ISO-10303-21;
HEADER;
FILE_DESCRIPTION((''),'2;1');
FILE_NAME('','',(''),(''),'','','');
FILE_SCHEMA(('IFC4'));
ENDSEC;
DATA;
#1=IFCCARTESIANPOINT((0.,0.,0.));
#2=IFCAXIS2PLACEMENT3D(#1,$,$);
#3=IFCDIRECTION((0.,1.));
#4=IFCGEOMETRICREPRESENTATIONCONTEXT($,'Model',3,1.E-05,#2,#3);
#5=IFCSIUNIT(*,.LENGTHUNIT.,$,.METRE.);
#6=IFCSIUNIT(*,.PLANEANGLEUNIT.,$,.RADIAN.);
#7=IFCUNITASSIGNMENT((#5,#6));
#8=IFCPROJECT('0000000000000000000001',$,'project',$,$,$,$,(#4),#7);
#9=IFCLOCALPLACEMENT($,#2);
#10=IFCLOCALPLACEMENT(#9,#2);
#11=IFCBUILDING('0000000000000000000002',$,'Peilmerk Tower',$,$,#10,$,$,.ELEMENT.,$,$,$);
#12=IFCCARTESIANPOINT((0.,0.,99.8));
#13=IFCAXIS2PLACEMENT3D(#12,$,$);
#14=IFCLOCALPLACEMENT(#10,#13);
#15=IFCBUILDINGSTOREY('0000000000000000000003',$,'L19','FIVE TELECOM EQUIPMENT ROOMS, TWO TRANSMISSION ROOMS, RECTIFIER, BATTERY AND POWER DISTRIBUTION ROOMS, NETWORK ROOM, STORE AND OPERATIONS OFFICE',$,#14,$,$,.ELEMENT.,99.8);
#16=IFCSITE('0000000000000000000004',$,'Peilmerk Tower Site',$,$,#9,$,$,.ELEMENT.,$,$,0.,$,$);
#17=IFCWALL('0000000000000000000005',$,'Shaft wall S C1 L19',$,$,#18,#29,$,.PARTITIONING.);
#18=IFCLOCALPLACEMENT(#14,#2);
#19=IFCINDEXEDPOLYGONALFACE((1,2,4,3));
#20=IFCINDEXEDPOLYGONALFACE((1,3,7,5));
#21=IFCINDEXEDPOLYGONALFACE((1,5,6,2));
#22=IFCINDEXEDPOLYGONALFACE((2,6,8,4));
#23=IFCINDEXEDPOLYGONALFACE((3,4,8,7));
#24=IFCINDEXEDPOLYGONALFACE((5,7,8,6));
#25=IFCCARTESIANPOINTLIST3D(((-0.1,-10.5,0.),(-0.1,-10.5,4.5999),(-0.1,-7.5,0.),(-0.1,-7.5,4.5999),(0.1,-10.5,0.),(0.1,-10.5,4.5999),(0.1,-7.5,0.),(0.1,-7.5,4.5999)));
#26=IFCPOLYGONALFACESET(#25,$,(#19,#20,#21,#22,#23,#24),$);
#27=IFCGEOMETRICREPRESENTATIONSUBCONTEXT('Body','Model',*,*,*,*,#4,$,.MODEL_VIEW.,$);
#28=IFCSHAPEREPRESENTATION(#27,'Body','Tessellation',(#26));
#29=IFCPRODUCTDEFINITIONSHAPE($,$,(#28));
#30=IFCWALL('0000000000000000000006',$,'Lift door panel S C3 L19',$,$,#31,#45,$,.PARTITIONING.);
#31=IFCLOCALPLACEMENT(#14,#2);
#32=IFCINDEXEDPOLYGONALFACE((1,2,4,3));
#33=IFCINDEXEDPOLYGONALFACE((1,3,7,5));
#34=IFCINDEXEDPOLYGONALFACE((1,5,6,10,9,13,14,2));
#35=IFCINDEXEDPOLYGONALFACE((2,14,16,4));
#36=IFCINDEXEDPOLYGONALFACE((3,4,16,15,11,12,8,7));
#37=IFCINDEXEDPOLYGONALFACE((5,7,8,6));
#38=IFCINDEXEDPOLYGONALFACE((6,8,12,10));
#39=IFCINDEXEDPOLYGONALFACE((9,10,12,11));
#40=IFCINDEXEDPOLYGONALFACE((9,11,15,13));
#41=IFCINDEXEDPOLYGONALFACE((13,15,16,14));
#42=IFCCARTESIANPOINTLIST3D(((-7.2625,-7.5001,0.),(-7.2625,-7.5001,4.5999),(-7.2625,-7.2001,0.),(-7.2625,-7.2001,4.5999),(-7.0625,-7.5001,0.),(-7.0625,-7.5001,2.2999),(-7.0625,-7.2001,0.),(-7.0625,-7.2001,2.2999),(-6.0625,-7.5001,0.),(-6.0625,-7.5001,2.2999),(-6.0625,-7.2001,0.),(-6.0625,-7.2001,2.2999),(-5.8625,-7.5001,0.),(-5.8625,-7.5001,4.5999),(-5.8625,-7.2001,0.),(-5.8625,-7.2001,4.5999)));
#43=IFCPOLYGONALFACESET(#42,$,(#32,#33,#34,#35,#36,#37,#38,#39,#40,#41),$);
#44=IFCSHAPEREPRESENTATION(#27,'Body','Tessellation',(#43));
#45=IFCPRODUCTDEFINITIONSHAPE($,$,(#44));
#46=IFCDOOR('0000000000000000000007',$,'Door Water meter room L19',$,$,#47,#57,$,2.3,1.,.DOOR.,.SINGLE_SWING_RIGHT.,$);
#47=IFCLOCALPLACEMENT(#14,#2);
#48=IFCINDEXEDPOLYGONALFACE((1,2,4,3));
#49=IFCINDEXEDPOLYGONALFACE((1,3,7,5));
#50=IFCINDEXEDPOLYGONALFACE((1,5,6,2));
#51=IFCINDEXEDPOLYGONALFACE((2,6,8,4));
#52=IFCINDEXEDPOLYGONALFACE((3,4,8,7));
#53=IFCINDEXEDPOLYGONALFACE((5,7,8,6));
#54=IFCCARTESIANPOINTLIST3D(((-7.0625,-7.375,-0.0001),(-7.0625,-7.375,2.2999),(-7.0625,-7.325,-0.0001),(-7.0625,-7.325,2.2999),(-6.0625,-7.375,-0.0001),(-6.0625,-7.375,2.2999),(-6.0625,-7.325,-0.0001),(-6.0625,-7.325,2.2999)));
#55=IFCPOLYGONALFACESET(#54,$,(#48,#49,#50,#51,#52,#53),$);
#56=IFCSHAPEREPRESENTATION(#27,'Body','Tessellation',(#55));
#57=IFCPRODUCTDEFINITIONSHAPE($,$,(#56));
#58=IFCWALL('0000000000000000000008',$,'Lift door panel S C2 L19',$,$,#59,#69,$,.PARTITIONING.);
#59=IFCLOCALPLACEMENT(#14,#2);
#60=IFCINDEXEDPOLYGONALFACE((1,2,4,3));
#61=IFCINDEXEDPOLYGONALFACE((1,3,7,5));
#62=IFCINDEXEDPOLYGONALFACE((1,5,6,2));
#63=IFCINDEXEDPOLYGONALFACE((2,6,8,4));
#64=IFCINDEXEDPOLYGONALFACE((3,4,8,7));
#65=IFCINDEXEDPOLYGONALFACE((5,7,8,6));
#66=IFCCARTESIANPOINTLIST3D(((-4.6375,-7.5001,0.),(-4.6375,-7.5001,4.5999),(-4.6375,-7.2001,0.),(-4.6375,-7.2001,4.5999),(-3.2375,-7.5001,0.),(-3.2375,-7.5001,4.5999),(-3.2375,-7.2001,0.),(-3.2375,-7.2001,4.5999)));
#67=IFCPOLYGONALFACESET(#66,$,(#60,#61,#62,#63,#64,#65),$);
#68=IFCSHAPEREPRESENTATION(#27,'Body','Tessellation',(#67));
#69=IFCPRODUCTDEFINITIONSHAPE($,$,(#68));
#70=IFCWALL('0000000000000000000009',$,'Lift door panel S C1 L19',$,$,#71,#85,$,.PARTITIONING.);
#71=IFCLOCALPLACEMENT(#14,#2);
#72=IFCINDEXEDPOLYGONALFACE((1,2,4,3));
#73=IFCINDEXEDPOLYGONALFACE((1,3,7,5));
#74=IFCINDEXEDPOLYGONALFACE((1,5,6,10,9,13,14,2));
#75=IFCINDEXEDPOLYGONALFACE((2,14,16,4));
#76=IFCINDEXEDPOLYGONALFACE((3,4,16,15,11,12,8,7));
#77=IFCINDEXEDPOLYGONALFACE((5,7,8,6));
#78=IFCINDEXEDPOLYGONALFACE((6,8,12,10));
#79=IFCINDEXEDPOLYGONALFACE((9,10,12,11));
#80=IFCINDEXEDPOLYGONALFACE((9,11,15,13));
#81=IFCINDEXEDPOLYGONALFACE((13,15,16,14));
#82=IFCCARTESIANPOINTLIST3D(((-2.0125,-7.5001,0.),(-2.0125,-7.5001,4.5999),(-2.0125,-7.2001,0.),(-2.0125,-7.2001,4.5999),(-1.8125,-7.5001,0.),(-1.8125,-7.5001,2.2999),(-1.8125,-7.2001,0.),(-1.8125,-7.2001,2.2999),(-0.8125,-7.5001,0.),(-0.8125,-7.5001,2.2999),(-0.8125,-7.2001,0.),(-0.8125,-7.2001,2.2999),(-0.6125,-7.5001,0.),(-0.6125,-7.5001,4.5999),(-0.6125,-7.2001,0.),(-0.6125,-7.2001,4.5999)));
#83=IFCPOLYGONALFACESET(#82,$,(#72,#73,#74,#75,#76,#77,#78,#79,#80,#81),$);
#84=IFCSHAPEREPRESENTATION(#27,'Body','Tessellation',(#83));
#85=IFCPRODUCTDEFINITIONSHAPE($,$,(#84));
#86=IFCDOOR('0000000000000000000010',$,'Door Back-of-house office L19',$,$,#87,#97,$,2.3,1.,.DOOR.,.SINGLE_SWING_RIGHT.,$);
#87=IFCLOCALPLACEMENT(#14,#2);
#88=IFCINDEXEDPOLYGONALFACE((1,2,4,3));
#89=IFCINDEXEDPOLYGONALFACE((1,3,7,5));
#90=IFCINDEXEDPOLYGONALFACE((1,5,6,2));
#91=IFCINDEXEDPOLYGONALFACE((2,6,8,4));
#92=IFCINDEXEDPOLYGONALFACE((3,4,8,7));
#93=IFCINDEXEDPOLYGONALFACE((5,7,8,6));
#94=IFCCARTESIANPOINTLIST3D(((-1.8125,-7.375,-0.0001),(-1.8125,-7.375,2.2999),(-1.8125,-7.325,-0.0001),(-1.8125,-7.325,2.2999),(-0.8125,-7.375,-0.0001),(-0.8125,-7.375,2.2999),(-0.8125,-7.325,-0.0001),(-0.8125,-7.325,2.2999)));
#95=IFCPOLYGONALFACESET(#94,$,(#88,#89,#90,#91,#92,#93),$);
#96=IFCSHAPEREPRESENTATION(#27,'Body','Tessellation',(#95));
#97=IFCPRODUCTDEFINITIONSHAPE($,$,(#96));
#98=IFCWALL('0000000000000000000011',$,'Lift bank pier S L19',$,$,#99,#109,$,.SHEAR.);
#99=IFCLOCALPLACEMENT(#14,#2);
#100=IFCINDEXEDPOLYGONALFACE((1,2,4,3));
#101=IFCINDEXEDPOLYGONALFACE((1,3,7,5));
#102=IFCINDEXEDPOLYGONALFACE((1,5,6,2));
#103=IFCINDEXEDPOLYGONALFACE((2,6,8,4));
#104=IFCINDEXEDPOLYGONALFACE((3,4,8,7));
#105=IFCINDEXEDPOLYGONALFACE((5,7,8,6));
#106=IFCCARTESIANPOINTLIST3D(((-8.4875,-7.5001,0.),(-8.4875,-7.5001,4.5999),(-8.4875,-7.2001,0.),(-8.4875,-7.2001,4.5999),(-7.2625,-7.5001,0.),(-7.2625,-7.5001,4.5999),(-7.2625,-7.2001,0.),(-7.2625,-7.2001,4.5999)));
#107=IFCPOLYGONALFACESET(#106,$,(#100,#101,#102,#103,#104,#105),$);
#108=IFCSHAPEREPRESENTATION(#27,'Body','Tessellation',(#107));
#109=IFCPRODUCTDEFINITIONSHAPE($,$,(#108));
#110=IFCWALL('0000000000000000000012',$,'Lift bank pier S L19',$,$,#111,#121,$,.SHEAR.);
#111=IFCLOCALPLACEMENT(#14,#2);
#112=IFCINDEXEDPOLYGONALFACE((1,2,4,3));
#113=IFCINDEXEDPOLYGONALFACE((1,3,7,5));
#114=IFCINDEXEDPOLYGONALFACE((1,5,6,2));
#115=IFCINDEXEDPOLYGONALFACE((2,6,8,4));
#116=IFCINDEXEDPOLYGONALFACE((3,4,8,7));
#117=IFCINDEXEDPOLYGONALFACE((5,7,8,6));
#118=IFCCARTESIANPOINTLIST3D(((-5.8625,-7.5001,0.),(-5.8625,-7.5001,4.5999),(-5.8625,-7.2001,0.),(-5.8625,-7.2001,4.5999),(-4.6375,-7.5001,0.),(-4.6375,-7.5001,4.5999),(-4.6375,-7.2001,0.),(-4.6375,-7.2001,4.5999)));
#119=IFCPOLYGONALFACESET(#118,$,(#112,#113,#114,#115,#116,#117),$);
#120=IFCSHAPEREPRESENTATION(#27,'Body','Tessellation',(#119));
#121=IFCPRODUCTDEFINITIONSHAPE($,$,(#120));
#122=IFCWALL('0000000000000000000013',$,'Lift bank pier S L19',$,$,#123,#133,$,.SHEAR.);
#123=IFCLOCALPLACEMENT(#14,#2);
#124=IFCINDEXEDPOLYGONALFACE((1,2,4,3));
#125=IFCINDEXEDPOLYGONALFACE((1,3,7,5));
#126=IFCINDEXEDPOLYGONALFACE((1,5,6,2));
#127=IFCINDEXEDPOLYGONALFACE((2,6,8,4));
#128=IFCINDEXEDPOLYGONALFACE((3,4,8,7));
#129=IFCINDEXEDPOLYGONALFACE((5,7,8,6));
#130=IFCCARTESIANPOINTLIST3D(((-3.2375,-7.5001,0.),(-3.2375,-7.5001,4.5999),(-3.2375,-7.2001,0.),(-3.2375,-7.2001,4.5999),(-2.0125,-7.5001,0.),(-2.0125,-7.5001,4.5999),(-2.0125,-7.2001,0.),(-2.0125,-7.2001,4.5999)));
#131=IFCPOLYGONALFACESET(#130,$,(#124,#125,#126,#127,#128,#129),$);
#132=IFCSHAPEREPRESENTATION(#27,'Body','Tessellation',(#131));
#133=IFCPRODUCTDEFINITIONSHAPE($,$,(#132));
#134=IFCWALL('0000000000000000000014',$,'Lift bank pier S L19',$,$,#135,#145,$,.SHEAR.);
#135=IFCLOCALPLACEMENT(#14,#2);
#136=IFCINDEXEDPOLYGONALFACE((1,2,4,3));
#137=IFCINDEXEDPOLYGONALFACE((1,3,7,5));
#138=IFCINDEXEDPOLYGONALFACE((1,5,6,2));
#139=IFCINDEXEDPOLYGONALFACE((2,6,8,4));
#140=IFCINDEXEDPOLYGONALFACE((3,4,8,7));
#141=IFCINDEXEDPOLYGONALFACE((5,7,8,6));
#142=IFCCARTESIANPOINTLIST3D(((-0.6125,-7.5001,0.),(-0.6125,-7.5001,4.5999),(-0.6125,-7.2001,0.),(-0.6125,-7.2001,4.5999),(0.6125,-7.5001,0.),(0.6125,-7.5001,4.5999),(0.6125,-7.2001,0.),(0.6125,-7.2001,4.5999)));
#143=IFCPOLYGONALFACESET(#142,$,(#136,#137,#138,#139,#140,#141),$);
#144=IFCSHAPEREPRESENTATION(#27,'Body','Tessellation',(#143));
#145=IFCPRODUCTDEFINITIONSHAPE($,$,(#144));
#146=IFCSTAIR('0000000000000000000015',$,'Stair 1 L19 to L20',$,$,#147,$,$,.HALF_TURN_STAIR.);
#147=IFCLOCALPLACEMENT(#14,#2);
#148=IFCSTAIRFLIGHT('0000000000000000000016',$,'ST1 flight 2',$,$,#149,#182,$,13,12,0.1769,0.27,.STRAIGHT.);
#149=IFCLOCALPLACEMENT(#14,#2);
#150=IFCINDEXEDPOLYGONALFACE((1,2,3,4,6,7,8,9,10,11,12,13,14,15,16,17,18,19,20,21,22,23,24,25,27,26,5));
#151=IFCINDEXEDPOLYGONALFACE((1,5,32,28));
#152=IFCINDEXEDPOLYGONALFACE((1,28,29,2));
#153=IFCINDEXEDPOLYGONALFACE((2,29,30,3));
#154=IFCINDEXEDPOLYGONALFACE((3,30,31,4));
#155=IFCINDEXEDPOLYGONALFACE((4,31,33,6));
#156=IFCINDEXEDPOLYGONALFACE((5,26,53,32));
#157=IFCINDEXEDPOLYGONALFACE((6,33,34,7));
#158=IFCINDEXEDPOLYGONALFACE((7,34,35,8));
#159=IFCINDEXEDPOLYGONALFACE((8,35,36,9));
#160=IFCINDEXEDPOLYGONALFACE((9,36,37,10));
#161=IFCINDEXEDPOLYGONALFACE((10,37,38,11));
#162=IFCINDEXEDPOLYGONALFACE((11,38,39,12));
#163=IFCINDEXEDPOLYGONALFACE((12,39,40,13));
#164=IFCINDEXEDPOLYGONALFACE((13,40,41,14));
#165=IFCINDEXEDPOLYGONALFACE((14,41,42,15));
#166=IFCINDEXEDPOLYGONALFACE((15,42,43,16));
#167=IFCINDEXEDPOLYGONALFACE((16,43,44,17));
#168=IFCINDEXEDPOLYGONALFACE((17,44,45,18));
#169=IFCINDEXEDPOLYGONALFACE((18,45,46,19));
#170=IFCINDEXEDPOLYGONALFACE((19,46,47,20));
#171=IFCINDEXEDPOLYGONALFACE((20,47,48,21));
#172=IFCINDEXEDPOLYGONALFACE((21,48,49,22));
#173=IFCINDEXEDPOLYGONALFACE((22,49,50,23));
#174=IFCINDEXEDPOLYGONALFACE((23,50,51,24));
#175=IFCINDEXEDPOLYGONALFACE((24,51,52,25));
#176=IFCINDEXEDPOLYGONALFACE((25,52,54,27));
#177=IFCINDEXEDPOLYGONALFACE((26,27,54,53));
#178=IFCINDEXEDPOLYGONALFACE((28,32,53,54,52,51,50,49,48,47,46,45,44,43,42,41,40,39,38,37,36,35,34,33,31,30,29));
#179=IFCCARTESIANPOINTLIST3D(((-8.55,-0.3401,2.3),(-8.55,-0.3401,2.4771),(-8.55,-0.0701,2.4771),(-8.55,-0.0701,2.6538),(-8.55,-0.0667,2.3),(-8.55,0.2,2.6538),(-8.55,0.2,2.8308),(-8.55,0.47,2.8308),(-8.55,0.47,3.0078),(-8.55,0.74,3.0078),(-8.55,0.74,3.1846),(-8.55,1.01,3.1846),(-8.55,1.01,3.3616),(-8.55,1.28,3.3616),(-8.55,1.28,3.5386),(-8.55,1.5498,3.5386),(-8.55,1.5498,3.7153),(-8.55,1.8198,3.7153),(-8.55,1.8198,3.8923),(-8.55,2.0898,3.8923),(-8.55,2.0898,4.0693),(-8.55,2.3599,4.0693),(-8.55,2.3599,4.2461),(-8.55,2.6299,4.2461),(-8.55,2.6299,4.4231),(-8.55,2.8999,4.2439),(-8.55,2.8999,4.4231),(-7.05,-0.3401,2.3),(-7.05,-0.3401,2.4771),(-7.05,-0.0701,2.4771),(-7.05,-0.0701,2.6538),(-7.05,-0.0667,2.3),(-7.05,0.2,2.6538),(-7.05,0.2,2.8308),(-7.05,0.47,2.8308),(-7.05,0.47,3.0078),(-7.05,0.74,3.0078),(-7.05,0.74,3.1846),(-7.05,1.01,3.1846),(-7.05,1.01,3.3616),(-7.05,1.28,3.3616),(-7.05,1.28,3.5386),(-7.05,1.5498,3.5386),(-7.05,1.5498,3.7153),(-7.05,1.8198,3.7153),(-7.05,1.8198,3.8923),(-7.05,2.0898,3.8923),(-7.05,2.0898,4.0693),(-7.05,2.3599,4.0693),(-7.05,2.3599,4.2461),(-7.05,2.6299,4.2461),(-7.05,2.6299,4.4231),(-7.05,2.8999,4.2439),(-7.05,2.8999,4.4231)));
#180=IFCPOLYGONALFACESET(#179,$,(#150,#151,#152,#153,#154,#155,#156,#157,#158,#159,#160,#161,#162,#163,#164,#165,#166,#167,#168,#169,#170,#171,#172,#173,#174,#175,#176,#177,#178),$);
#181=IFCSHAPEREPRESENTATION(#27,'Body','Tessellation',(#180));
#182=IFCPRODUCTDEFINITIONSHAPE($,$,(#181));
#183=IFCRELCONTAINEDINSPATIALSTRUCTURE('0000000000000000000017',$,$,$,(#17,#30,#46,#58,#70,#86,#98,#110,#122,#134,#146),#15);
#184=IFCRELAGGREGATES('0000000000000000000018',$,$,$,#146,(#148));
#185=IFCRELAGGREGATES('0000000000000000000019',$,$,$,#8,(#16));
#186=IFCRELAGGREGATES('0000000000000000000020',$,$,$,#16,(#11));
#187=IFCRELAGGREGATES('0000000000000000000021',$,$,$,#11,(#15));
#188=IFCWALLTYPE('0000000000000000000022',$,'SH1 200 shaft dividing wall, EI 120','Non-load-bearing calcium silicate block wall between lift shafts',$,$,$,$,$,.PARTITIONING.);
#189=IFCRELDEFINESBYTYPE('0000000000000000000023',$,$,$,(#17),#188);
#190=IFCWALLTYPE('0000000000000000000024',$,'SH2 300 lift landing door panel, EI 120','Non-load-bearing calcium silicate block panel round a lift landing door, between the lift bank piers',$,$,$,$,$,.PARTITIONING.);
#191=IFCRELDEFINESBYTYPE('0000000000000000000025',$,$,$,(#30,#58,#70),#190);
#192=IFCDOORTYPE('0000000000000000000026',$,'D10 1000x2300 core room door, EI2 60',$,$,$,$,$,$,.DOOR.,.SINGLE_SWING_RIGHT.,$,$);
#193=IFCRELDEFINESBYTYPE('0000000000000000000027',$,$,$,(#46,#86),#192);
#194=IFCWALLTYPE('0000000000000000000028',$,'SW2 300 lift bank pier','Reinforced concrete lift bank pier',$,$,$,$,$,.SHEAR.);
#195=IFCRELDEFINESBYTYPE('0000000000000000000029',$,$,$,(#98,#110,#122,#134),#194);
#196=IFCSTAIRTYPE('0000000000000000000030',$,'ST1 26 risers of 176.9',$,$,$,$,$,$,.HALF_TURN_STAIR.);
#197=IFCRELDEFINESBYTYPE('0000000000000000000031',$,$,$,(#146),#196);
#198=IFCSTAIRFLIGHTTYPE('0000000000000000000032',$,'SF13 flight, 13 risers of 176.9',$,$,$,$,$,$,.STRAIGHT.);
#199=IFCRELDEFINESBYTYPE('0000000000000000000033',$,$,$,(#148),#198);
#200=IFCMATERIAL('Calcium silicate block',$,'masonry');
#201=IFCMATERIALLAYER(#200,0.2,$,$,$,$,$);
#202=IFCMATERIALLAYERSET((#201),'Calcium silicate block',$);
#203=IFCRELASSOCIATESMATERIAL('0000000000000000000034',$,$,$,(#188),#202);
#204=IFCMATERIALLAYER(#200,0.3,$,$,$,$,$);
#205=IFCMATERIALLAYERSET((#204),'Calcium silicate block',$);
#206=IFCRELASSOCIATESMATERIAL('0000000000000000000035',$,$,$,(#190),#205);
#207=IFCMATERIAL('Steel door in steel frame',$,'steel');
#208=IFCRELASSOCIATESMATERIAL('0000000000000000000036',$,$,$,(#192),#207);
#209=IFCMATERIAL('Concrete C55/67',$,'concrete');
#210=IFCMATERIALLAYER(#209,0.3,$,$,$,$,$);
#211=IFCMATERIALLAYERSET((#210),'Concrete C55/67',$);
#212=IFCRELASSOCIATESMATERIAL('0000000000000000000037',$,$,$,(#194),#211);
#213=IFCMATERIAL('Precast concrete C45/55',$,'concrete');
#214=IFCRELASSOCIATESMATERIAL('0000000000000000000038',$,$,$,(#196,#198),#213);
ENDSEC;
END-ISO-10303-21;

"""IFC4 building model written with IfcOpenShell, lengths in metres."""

from ifc_helpers import new_model, si_unit, direction, frame, frame_2d, origin, place, context, subcontext, project, spatial, polyline, rectangle, outline, extrude, material, layer, layer_set, type_object, element, fill, aggregate, save


model = new_model("IFC4")

# Units and contexts
model_context = context("Model", 3, precision=1e-05, world=origin(), true_north=direction((0.0, 1.0)))
body_context = subcontext(model_context, "Body", "Model", "MODEL_VIEW")
ifc_project = project(units=[si_unit("LENGTHUNIT", "METRE"), si_unit("PLANEANGLEUNIT", "RADIAN")], contexts=[model_context])

# Site, building, storey
site_placement = place(None, origin())
site = spatial("IfcSite", under=ifc_project, at=site_placement, Name="Peilmerk Tower Site", CompositionType="ELEMENT", RefElevation=0.0)
building_placement = place(site_placement, origin())
building = spatial("IfcBuilding", under=site, at=building_placement, Name="Peilmerk Tower", CompositionType="ELEMENT")
storey_placement = place(building_placement, frame((0.0, 0.0, 99.8)))
storey = spatial("IfcBuildingStorey", under=building, at=storey_placement, Name="L19", Description="FIVE TELECOM EQUIPMENT ROOMS, TWO TRANSMISSION ROOMS, RECTIFIER, BATTERY AND POWER DISTRIBUTION ROOMS, NETWORK ROOM, STORE AND OPERATIONS OFFICE", CompositionType="ELEMENT", Elevation=99.8)

# Wall
ifc_material_1 = material(Name="Calcium silicate block", Category="masonry")
ifc_layer_1 = layer(ifc_material_1, 0.2)
ifc_layer_set_1 = layer_set([ifc_layer_1], Name="Calcium silicate block")
wall_type_1 = type_object("IfcWallType", Name="SH1 200 shaft dividing wall, EI 120", Description="Non-load-bearing calcium silicate block wall between lift shafts", PredefinedType="PARTITIONING", material=ifc_layer_set_1)
for number, where, z_axis, x_axis, name in (
    (1, (0.0, -10.5, 0.0), (0.0, 0.0, 1.0), (0.0, 1.0, 0.0), "Shaft wall S C1 L19"),
):
    element("IfcWall", number, at=place(storey_placement, frame(where, z_axis=z_axis, x_axis=x_axis)), inside=storey, type_object=wall_type_1, Name=name, PredefinedType="PARTITIONING", context=body_context, shape_type="SweptSolid", body=[
        extrude(rectangle(XDim=3.0, YDim=0.2, at=frame_2d((1.5, 0.0))), origin(), (0.0, 0.0, 1.0), 4.5999),
    ])

# Wall, opening, door
ifc_layer_2 = layer(ifc_material_1, 0.3)
ifc_layer_set_2 = layer_set([ifc_layer_2], Name="Calcium silicate block")
wall_type_2 = type_object("IfcWallType", Name="SH2 300 lift landing door panel, EI 120", Description="Non-load-bearing calcium silicate block panel round a lift landing door, between the lift bank piers", PredefinedType="PARTITIONING", material=ifc_layer_set_2)
wall_1_placement = place(storey_placement, frame((-7.2625, -7.3501, 0.0), z_axis=(0.0, 0.0, 1.0), x_axis=(1.0, 0.0, 0.0)))
wall_1 = element("IfcWall", 2, at=wall_1_placement, inside=storey, type_object=wall_type_2, Name="Lift door panel S C3 L19", PredefinedType="PARTITIONING", context=body_context, shape_type="SweptSolid", body=[
    extrude(rectangle(XDim=1.3999, YDim=0.3, at=frame_2d((0.7, 0.0))), origin(), (0.0, 0.0, 1.0), 4.5999),
])
opening_1_placement = place(wall_1_placement, frame((0.2, 0.0, 0.0)))
opening_1 = element("IfcOpeningElement", 3, at=opening_1_placement, cuts=wall_1, PredefinedType="OPENING", context=body_context, shape_type="SweptSolid", body=[
    extrude(rectangle(XDim=1.0, YDim=2.3, at=frame_2d((0.5, 1.1499))), frame((0.0, 0.1599, 0.0), z_axis=(0.0, -1.0, 0.0), x_axis=(1.0, 0.0, 0.0)), (0.0, 0.0, 1.0), 0.3201),
])
ifc_material_2 = material(Name="Steel door in steel frame", Category="steel")
door_type = type_object("IfcDoorType", Name="D10 1000x2300 core room door, EI2 60", OperationType="SINGLE_SWING_RIGHT", PredefinedType="DOOR", material=ifc_material_2)
door_1_placement = place(opening_1_placement, frame((1.0, 0.0, 0.0), z_axis=(0.0, 0.0, 1.0), x_axis=(-1.0, 0.0, 0.0)))
door_1 = element("IfcDoor", 4, at=door_1_placement, inside=storey, type_object=door_type, Name="Door Water meter room L19", OperationType="SINGLE_SWING_RIGHT", OverallHeight=2.3, OverallWidth=1.0, PredefinedType="DOOR", context=body_context, shape_type="SweptSolid", body=[
    extrude(rectangle(XDim=1.0, YDim=2.3, at=frame_2d((0.5, 1.1499))), frame((0.0, 0.0249, 0.0), z_axis=(0.0, -1.0, 0.0), x_axis=(1.0, 0.0, 0.0)), (0.0, 0.0, 1.0), 0.05),
])
fill(opening_1, door_1)

# Wall
wall_2_placement = place(storey_placement, frame((-4.6375, -7.3501, 0.0), z_axis=(0.0, 0.0, 1.0), x_axis=(1.0, 0.0, 0.0)))
element("IfcWall", 5, at=wall_2_placement, inside=storey, type_object=wall_type_2, Name="Lift door panel S C2 L19", PredefinedType="PARTITIONING", context=body_context, shape_type="SweptSolid", body=[
    extrude(rectangle(XDim=1.3999, YDim=0.3, at=frame_2d((0.7, 0.0))), origin(), (0.0, 0.0, 1.0), 4.5999),
])

# Wall, opening, door
wall_3_placement = place(storey_placement, frame((-2.0125, -7.3501, 0.0), z_axis=(0.0, 0.0, 1.0), x_axis=(1.0, 0.0, 0.0)))
wall_3 = element("IfcWall", 6, at=wall_3_placement, inside=storey, type_object=wall_type_2, Name="Lift door panel S C1 L19", PredefinedType="PARTITIONING", context=body_context, shape_type="SweptSolid", body=[
    extrude(rectangle(XDim=1.3999, YDim=0.3, at=frame_2d((0.7, 0.0))), origin(), (0.0, 0.0, 1.0), 4.5999),
])
opening_2_placement = place(wall_3_placement, frame((0.2, 0.0, 0.0)))
opening_2 = element("IfcOpeningElement", 7, at=opening_2_placement, cuts=wall_3, PredefinedType="OPENING", context=body_context, shape_type="SweptSolid", body=[
    extrude(rectangle(XDim=1.0, YDim=2.3, at=frame_2d((0.5, 1.1499))), frame((0.0, 0.1599, 0.0), z_axis=(0.0, -1.0, 0.0), x_axis=(1.0, 0.0, 0.0)), (0.0, 0.0, 1.0), 0.3201),
])
door_2_placement = place(opening_2_placement, frame((1.0, 0.0, 0.0), z_axis=(0.0, 0.0, 1.0), x_axis=(-1.0, 0.0, 0.0)))
door_2 = element("IfcDoor", 8, at=door_2_placement, inside=storey, type_object=door_type, Name="Door Back-of-house office L19", OperationType="SINGLE_SWING_RIGHT", OverallHeight=2.3, OverallWidth=1.0, PredefinedType="DOOR", context=body_context, shape_type="SweptSolid", body=[
    extrude(rectangle(XDim=1.0, YDim=2.3, at=frame_2d((0.5, 1.1499))), frame((0.0, 0.0249, 0.0), z_axis=(0.0, -1.0, 0.0), x_axis=(1.0, 0.0, 0.0)), (0.0, 0.0, 1.0), 0.05),
])
fill(opening_2, door_2)

# Walls
ifc_material_3 = material(Name="Concrete C55/67", Category="concrete")
ifc_layer_3 = layer(ifc_material_3, 0.3)
ifc_layer_set_3 = layer_set([ifc_layer_3], Name="Concrete C55/67")
wall_type_3 = type_object("IfcWallType", Name="SW2 300 lift bank pier", Description="Reinforced concrete lift bank pier", PredefinedType="SHEAR", material=ifc_layer_set_3)
for number, where, z_axis, x_axis, name in (
    (9, (-8.4875, -7.3501, 0.0), (0.0, 0.0, 1.0), (1.0, 0.0, 0.0), "Lift bank pier S L19"),
    (10, (-5.8625, -7.3501, 0.0), (0.0, 0.0, 1.0), (1.0, 0.0, 0.0), "Lift bank pier S L19"),
    (11, (-3.2375, -7.3501, 0.0), (0.0, 0.0, 1.0), (1.0, 0.0, 0.0), "Lift bank pier S L19"),
    (12, (-0.6125, -7.3501, 0.0), (0.0, 0.0, 1.0), (1.0, 0.0, 0.0), "Lift bank pier S L19"),
):
    element("IfcWall", number, at=place(storey_placement, frame(where, z_axis=z_axis, x_axis=x_axis)), inside=storey, type_object=wall_type_3, Name=name, PredefinedType="SHEAR", context=body_context, shape_type="SweptSolid", body=[
        extrude(rectangle(XDim=1.2251, YDim=0.3, at=frame_2d((0.6125, 0.0))), origin(), (0.0, 0.0, 1.0), 4.5999),
    ])

# Stair, stair flight
ifc_material_4 = material(Name="Precast concrete C45/55", Category="concrete")
stair_type = type_object("IfcStairType", Name="ST1 26 risers of 176.9", PredefinedType="HALF_TURN_STAIR", material=ifc_material_4)
stair_placement = place(storey_placement, origin())
stair = element("IfcStair", 13, at=stair_placement, inside=storey, type_object=stair_type, Name="Stair 1 L19 to L20", PredefinedType="HALF_TURN_STAIR")
stair_flight_type = type_object("IfcStairFlightType", Name="SF13 flight, 13 risers of 176.9", PredefinedType="STRAIGHT", material=ifc_material_4)
stair_flight_placement = place(storey_placement, frame((-7.8, -0.3401, 2.3), z_axis=(0.0, 0.0, 1.0), x_axis=(0.0, 1.0, 0.0)))
stair_flight = element("IfcStairFlight", 14, at=stair_flight_placement, type_object=stair_flight_type, Name="ST1 flight 2", NumberOfRisers=13, NumberOfTreads=12, PredefinedType="STRAIGHT", RiserHeight=0.1769, TreadLength=0.27, context=body_context, shape_type="SweptSolid", body=[
    extrude(outline(polyline([(0.0, 0.0), (0.0, 0.177), (0.27, 0.177), (0.27, 0.3538), (0.54, 0.3538), (0.54, 0.5308), (0.8101, 0.5308), (0.8101, 0.7078), (1.0801, 0.7078), (1.0801, 0.8845), (1.3501, 0.8845), (1.3501, 1.0615), (1.6201, 1.0615), (1.6201, 1.2385), (1.8899, 1.2385), (1.8899, 1.4153), (2.1599, 1.4153), (2.1599, 1.5923), (2.4299, 1.5923), (2.4299, 1.7693), (2.7, 1.7693), (2.7, 1.946), (2.97, 1.946), (2.97, 2.123), (3.24, 2.123), (3.24, 2.3), (3.24, 1.9438), (0.2734, 0.0), (0.0, 0.0)])), frame((0.0, 0.75, 0.0), z_axis=(0.0, -1.0, 0.0), x_axis=(1.0, 0.0, 0.0)), (0.0, 0.0, 1.0), 1.5),
])
aggregate(stair, [stair_flight])

save(model, "model.ifc")
